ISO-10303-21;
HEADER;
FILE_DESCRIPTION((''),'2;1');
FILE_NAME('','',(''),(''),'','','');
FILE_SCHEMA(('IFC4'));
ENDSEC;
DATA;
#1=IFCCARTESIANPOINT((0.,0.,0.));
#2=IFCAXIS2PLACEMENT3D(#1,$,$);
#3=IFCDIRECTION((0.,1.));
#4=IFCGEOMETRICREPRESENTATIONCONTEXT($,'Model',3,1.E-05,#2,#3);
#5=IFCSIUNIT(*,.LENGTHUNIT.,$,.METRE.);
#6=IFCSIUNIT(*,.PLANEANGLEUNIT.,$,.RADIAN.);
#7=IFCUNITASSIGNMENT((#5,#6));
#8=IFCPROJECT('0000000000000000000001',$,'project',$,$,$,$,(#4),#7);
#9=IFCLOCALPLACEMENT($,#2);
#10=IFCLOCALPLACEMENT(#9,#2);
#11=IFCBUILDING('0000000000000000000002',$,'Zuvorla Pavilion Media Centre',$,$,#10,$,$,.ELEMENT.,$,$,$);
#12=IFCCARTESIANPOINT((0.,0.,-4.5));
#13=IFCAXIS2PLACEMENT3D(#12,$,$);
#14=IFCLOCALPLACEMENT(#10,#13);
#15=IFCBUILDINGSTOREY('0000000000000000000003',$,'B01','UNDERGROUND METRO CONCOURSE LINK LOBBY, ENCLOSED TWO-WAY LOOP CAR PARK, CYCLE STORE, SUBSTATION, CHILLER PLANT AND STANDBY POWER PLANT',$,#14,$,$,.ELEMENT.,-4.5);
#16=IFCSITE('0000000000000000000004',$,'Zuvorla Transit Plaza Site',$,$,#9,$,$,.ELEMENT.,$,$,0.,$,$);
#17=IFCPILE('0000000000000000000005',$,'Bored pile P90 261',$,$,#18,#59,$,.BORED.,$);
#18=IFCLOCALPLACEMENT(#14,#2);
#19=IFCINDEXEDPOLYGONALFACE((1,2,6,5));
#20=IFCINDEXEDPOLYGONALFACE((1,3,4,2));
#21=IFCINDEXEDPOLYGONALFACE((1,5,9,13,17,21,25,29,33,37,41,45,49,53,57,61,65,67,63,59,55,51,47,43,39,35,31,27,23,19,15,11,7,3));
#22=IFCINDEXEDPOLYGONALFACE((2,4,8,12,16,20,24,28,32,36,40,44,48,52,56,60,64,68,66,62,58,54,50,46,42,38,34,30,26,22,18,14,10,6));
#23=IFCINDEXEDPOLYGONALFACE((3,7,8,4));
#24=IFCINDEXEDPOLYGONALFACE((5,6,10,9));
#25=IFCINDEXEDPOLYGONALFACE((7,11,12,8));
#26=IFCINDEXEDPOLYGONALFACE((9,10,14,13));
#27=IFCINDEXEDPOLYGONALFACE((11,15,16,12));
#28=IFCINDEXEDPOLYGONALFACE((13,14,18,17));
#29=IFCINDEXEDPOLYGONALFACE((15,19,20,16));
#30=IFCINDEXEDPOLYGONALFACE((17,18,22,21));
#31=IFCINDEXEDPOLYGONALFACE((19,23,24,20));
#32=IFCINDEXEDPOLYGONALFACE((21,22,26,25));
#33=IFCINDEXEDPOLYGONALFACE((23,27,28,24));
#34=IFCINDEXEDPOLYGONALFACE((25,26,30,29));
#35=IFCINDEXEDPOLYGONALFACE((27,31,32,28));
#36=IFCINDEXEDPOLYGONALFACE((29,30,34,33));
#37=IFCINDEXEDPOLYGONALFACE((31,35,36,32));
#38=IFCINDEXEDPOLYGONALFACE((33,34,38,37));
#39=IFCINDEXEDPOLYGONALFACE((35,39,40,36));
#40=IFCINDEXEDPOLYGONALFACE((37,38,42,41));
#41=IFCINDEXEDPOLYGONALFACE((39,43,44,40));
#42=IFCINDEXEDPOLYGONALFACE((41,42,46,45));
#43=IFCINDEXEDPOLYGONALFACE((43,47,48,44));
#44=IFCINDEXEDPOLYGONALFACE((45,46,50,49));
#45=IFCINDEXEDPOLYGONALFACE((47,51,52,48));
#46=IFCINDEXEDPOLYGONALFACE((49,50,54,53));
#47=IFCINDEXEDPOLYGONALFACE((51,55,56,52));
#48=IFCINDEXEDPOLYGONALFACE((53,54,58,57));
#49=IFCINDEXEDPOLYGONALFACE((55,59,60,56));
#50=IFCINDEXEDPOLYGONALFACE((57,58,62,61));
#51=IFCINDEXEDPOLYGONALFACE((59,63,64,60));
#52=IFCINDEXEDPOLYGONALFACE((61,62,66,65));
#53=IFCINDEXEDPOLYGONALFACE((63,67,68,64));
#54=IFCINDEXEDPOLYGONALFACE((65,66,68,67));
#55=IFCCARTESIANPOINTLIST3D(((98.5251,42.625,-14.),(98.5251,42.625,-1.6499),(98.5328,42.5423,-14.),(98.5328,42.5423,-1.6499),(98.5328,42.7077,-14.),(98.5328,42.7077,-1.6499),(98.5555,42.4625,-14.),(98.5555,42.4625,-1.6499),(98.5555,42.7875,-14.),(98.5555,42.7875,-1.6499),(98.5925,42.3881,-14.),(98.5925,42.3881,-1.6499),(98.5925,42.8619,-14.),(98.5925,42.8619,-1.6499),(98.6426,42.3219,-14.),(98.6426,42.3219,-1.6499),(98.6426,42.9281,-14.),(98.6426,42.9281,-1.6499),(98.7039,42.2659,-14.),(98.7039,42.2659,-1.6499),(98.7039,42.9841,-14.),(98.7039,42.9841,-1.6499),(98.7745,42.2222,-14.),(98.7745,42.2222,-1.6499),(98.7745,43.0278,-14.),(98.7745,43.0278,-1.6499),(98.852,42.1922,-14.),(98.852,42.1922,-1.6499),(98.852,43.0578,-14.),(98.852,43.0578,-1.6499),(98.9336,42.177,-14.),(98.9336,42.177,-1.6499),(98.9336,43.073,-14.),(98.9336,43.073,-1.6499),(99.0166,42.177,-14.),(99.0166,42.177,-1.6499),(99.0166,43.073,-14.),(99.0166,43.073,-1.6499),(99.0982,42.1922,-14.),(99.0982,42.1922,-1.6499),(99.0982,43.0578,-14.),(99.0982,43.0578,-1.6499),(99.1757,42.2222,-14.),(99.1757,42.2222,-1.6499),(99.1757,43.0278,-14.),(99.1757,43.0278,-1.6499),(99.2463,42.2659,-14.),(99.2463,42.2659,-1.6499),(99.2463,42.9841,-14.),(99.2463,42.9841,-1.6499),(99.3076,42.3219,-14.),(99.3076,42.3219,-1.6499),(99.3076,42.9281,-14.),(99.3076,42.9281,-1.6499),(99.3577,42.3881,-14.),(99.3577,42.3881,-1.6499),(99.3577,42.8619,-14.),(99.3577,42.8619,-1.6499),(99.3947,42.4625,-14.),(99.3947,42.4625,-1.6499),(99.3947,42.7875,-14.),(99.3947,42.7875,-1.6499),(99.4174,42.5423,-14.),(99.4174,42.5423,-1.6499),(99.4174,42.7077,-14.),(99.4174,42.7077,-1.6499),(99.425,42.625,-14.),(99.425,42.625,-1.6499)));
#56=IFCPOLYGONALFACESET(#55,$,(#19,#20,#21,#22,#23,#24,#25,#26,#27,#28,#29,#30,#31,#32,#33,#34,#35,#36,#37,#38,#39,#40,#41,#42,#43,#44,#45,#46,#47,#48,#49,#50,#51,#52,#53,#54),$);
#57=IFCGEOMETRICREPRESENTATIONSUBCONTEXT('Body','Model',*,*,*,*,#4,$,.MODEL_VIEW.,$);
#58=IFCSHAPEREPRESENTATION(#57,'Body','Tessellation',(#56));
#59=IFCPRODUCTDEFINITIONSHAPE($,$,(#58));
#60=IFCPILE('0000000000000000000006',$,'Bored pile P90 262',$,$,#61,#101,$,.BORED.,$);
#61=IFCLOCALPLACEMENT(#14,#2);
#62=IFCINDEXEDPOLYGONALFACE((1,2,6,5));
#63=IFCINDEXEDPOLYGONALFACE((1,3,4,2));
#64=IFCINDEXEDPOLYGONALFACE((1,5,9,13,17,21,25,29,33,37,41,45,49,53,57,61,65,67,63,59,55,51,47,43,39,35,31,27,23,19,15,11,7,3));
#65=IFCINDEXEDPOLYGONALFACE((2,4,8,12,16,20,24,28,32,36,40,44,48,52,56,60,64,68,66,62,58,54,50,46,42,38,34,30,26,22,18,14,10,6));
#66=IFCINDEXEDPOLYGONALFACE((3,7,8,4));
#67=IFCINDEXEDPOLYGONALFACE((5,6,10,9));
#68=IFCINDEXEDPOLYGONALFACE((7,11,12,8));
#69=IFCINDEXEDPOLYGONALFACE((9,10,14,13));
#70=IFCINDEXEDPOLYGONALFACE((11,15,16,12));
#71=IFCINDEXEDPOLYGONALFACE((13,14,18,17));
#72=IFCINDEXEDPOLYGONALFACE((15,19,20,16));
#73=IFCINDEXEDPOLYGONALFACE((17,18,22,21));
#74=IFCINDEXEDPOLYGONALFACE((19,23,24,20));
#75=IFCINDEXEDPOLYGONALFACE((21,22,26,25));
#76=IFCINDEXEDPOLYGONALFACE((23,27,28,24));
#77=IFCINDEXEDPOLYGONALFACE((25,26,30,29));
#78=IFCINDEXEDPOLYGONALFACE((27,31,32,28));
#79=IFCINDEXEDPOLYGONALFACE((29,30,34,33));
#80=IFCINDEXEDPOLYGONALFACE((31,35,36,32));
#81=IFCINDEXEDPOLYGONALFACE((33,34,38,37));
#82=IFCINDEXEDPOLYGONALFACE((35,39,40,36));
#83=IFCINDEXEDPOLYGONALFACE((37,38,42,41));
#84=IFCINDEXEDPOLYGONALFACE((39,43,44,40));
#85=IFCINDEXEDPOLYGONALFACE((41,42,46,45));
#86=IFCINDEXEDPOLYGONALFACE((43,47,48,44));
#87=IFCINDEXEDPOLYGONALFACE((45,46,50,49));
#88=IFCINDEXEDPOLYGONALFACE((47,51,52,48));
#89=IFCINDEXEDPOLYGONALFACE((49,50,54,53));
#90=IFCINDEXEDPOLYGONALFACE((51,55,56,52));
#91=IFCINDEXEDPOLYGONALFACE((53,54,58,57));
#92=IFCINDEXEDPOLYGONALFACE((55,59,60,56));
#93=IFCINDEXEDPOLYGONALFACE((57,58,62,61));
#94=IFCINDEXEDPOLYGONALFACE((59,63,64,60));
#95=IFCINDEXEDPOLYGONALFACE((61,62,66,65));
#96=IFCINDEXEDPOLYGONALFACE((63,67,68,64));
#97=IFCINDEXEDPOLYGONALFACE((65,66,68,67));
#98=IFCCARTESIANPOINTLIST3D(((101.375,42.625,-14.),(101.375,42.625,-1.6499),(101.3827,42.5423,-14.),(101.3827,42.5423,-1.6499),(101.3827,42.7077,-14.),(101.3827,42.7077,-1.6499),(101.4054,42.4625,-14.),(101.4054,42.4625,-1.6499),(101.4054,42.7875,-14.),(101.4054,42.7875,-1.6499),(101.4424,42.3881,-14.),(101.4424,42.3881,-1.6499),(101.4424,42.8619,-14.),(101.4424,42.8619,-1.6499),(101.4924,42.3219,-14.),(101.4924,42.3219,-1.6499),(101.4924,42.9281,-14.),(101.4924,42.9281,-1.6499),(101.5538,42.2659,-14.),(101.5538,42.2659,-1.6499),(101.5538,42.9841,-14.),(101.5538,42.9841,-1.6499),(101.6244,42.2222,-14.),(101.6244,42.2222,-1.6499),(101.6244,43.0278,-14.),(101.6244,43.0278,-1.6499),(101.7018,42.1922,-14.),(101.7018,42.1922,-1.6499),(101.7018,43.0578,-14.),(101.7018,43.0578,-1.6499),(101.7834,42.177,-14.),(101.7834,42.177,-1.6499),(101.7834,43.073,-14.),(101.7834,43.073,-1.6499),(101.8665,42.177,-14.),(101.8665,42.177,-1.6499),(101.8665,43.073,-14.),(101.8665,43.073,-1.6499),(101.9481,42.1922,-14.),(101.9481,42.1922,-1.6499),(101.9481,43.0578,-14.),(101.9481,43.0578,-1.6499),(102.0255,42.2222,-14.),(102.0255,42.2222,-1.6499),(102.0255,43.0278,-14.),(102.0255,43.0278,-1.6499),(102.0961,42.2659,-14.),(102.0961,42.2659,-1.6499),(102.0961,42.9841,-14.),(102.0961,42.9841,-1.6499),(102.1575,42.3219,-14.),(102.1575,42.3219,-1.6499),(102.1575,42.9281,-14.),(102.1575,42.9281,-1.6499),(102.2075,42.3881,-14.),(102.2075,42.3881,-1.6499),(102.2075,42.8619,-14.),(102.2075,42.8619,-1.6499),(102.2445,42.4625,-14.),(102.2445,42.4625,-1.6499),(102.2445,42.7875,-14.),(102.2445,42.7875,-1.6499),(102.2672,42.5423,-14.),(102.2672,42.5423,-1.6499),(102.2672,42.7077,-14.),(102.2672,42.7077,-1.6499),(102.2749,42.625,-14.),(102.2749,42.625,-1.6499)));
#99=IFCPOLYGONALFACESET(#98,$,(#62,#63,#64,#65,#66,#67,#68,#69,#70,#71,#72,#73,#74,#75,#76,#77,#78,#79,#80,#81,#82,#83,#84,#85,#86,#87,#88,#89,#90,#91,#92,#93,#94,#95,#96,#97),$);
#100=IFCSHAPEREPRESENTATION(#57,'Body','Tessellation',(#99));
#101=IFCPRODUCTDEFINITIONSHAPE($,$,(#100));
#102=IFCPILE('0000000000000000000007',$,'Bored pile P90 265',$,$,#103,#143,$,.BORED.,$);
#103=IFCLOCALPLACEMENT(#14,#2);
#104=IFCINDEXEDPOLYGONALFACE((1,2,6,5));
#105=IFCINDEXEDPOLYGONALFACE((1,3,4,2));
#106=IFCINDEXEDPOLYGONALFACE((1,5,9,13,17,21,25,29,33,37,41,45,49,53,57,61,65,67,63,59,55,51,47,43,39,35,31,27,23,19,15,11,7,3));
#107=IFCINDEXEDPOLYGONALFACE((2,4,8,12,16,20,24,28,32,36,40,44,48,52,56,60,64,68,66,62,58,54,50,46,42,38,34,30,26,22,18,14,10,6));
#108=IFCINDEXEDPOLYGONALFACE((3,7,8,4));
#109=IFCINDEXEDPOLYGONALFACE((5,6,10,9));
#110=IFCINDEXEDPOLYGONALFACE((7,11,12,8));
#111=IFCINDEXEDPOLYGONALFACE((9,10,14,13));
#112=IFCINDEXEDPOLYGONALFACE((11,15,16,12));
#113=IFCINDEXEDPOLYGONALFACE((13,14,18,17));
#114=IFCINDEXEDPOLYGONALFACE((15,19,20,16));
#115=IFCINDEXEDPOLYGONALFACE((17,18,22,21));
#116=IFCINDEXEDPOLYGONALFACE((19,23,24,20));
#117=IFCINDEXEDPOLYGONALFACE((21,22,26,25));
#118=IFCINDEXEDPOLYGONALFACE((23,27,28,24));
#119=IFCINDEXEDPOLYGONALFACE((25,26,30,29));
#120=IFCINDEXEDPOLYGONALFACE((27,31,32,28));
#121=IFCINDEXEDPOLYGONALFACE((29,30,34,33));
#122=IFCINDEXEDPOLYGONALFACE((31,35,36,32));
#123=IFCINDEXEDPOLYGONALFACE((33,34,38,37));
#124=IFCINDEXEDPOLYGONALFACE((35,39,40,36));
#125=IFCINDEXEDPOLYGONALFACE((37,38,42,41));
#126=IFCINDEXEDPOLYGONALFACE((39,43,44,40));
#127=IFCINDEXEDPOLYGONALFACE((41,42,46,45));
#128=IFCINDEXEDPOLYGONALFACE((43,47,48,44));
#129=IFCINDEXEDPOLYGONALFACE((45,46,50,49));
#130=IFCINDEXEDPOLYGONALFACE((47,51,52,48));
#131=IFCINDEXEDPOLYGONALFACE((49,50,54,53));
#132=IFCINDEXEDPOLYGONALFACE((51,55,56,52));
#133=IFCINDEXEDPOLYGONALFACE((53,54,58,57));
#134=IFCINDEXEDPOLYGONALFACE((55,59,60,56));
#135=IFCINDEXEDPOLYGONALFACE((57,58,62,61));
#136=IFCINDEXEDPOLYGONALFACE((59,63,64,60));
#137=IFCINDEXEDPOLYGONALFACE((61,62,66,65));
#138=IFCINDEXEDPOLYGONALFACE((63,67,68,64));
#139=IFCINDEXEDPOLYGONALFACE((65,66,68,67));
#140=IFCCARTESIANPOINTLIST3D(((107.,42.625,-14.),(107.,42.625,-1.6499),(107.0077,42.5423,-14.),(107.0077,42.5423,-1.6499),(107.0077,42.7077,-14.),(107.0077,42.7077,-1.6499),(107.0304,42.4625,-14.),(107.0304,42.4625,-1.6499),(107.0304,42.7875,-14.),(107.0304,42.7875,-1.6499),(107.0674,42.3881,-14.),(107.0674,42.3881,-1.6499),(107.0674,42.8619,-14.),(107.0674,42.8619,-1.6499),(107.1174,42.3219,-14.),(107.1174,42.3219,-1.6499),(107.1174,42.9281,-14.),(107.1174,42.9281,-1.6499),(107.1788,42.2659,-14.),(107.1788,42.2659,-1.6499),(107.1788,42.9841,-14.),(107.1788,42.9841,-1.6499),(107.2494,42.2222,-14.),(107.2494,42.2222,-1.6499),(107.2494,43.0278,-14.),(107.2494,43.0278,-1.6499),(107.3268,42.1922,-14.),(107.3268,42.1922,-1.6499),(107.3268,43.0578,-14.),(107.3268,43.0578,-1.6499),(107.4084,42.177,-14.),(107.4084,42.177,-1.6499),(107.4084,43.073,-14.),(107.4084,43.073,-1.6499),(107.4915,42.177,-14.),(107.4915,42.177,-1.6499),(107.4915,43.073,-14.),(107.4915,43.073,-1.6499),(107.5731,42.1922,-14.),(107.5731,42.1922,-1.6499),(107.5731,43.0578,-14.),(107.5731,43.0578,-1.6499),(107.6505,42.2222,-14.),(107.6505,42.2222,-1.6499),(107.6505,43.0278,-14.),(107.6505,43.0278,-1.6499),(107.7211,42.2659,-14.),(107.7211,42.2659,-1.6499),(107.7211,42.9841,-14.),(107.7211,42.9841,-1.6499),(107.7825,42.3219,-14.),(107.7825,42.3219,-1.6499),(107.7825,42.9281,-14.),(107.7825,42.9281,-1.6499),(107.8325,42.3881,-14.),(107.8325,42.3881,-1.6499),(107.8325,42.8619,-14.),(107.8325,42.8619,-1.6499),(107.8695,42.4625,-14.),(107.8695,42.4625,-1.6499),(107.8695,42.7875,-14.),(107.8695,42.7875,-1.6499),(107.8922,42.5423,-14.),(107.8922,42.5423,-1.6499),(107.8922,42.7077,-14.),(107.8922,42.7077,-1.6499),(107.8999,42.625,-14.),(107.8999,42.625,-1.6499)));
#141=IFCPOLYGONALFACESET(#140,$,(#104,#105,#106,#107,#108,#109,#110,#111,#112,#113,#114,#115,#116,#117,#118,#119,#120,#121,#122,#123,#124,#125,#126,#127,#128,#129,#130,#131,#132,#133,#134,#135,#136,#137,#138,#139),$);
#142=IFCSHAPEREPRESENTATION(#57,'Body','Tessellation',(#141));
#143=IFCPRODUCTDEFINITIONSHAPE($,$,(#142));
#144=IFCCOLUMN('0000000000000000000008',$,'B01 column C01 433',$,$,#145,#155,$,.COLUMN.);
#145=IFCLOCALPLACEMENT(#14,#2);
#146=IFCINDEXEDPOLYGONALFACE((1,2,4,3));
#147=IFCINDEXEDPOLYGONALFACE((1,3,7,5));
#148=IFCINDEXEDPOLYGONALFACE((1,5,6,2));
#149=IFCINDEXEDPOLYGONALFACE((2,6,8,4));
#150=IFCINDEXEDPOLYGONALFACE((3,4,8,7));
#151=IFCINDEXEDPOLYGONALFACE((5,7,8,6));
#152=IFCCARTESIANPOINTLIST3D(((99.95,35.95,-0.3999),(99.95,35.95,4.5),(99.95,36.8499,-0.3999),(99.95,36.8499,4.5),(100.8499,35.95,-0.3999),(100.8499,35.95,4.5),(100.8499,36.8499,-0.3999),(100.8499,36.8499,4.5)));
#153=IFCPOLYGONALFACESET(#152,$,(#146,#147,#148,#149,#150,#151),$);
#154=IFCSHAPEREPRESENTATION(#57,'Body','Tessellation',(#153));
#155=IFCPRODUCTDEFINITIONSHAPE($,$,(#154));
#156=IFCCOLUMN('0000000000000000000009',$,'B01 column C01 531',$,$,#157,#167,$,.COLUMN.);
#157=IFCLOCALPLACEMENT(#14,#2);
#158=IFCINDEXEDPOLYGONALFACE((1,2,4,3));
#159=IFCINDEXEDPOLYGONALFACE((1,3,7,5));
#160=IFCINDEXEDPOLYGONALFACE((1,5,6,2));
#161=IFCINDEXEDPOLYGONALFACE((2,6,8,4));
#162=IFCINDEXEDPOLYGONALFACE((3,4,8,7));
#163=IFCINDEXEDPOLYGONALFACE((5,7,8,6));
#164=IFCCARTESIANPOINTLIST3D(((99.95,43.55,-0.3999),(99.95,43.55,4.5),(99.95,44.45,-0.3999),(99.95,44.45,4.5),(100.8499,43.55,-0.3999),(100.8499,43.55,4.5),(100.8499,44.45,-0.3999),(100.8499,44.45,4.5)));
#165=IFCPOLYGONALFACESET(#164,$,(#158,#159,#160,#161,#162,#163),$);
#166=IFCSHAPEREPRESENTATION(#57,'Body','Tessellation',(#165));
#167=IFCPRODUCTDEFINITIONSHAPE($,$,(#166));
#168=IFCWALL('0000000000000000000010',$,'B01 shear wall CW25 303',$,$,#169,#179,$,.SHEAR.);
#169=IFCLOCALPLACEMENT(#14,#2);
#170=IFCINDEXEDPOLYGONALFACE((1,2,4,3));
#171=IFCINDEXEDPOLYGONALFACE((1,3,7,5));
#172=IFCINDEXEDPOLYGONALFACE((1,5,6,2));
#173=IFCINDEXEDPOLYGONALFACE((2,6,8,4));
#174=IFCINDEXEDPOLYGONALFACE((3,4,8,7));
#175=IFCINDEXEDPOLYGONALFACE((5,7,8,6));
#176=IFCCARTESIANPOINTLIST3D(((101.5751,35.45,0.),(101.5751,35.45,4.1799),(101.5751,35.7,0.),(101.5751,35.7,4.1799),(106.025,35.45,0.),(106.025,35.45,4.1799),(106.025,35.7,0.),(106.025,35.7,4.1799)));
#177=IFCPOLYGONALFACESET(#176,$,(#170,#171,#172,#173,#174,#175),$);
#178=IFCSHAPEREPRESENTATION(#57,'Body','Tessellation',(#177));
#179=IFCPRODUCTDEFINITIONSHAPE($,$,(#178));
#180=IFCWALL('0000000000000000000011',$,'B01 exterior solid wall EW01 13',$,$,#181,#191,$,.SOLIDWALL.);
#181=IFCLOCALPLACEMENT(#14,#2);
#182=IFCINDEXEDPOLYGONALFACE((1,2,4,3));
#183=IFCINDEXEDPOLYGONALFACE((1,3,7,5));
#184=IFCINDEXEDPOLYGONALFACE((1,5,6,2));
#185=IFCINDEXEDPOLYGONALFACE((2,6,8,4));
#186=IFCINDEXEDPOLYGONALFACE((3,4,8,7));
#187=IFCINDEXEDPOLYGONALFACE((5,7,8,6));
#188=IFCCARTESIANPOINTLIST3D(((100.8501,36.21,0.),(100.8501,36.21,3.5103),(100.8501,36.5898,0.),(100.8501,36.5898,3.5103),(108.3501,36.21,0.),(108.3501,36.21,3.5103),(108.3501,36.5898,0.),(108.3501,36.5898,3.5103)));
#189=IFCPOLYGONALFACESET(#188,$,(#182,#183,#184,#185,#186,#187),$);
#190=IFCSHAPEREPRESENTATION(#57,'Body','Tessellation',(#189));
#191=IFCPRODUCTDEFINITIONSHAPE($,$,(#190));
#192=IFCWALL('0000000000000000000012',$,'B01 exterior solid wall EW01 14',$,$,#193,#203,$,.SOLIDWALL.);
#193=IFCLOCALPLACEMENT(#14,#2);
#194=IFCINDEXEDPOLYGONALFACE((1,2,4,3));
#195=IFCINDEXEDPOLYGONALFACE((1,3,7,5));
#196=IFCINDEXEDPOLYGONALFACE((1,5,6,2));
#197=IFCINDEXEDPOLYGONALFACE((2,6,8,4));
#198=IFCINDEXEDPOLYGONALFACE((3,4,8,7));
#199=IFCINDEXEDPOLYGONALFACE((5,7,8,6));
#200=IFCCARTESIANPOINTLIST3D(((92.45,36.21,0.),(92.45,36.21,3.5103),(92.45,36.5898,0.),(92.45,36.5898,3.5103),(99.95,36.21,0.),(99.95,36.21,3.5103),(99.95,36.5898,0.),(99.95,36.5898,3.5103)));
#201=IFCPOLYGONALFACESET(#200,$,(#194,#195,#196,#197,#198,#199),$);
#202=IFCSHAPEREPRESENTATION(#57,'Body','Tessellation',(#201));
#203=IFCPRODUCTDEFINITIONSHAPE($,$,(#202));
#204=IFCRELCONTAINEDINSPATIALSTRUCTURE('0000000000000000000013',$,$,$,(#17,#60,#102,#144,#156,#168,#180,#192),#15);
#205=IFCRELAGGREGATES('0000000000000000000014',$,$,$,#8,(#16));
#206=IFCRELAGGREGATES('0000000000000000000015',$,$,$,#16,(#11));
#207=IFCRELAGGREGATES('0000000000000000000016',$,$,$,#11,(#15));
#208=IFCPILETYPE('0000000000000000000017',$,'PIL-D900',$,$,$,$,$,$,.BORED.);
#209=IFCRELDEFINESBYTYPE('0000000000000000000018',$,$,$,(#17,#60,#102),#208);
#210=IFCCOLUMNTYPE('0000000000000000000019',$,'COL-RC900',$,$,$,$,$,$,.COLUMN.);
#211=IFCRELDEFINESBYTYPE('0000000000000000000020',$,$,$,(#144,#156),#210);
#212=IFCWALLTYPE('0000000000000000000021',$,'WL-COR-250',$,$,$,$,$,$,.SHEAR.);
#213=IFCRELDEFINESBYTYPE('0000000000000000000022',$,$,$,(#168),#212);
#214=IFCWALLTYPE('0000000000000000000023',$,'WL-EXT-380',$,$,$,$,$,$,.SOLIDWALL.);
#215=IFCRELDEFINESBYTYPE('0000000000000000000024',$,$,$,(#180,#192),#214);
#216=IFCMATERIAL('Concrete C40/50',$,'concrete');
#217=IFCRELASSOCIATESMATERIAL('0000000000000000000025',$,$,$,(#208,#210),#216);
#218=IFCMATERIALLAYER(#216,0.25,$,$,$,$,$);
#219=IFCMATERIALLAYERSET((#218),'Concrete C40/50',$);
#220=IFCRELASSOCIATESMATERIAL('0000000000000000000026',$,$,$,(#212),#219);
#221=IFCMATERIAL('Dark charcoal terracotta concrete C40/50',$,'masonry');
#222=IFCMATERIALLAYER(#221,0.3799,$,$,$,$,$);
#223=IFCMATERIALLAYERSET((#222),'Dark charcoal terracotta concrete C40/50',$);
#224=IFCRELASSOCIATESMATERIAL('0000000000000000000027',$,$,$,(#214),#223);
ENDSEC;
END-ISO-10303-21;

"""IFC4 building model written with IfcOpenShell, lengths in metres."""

from ifc_helpers import new_model, si_unit, direction, frame, frame_2d, origin, origin_2d, place, context, subcontext, project, spatial, rectangle, circle, extrude, material, layer, layer_set, material_profile, profile_set, type_object, element, save


model = new_model("IFC4")

# Units and contexts
model_context = context("Model", 3, precision=1e-05, world=origin(), true_north=direction((0.0, 1.0)))
body_context = subcontext(model_context, "Body", "Model", "MODEL_VIEW")
ifc_project = project(units=[si_unit("LENGTHUNIT", "METRE"), si_unit("PLANEANGLEUNIT", "RADIAN")], contexts=[model_context])

# Site, building, storey
site_placement = place(None, origin())
site = spatial("IfcSite", under=ifc_project, at=site_placement, Name="Zuvorla Transit Plaza Site", CompositionType="ELEMENT", RefElevation=0.0)
building_placement = place(site_placement, origin())
building = spatial("IfcBuilding", under=site, at=building_placement, Name="Zuvorla Pavilion Media Centre", CompositionType="ELEMENT")
storey_placement = place(building_placement, frame((0.0, 0.0, -4.5)))
storey = spatial("IfcBuildingStorey", under=building, at=storey_placement, Name="B01", Description="UNDERGROUND METRO CONCOURSE LINK LOBBY, ENCLOSED TWO-WAY LOOP CAR PARK, CYCLE STORE, SUBSTATION, CHILLER PLANT AND STANDBY POWER PLANT", CompositionType="ELEMENT", Elevation=-4.5)

# Shared definitions
ifc_material_1 = material(Name="Concrete C40/50", Category="concrete")

# Piles
ifc_material_profile_1 = material_profile(ifc_material_1, circle(Radius=0.45, at=origin_2d()), Name="BORED PILE 900")
ifc_profile_set_1 = profile_set([ifc_material_profile_1], Name="Concrete C40/50")
pile_type = type_object("IfcPileType", Name="PIL-D900", PredefinedType="BORED", material=ifc_profile_set_1)
for number, where, z_axis, x_axis, name in (
    (1, (98.9751, 42.625, -1.6499), (0.0, 0.0, -1.0), (1.0, 0.0, 0.0), "Bored pile P90 261"),
    (2, (101.825, 42.625, -1.6499), (0.0, 0.0, -1.0), (1.0, 0.0, 0.0), "Bored pile P90 262"),
    (3, (107.45, 42.625, -1.6499), (0.0, 0.0, -1.0), (1.0, 0.0, 0.0), "Bored pile P90 265"),
):
    element("IfcPile", number, at=place(storey_placement, frame(where, z_axis=z_axis, x_axis=x_axis)), inside=storey, type_object=pile_type, Name=name, PredefinedType="BORED", context=body_context, shape_type="SweptSolid", body=[
        extrude(circle(Radius=0.45, at=origin_2d()), origin(), (0.0, 0.0, 1.0), 12.3501),
    ])

# Columns
ifc_material_profile_2 = material_profile(ifc_material_1, rectangle(XDim=0.8999, YDim=0.8999, at=origin_2d()), Name="RC 900x900")
ifc_profile_set_2 = profile_set([ifc_material_profile_2], Name="Concrete C40/50")
column_type = type_object("IfcColumnType", Name="COL-RC900", PredefinedType="COLUMN", material=ifc_profile_set_2)
for number, where, z_axis, x_axis, name in (
    (4, (100.3999, 36.3999, -0.3999), (0.0, 0.0, 1.0), (1.0, 0.0, 0.0), "B01 column C01 433"),
    (5, (100.3999, 44.0, -0.3999), (0.0, 0.0, 1.0), (1.0, 0.0, 0.0), "B01 column C01 531"),
):
    element("IfcColumn", number, at=place(storey_placement, frame(where, z_axis=z_axis, x_axis=x_axis)), inside=storey, type_object=column_type, Name=name, PredefinedType="COLUMN", context=body_context, shape_type="SweptSolid", body=[
        extrude(rectangle(XDim=0.8999, YDim=0.8999, at=origin_2d()), origin(), (0.0, 0.0, 1.0), 4.8999),
    ])

# Walls
ifc_layer_1 = layer(ifc_material_1, 0.25)
ifc_layer_set_1 = layer_set([ifc_layer_1], Name="Concrete C40/50")
wall_type_1 = type_object("IfcWallType", Name="WL-COR-250", PredefinedType="SHEAR", material=ifc_layer_set_1)
wall_placement = place(storey_placement, frame((101.575, 35.575, 0.0), z_axis=(0.0, 0.0, 1.0), x_axis=(1.0, 0.0, 0.0)))
element("IfcWall", 6, at=wall_placement, inside=storey, type_object=wall_type_1, Name="B01 shear wall CW25 303", PredefinedType="SHEAR", context=body_context, shape_type="SweptSolid", body=[
    extrude(rectangle(XDim=4.45, YDim=0.25, at=frame_2d((2.2251, 0.0))), origin(), (0.0, 0.0, 1.0), 4.1799),
])
ifc_material_2 = material(Name="Dark charcoal terracotta concrete C40/50", Category="masonry")
ifc_layer_2 = layer(ifc_material_2, 0.3799)
ifc_layer_set_2 = layer_set([ifc_layer_2], Name="Dark charcoal terracotta concrete C40/50")
wall_type_2 = type_object("IfcWallType", Name="WL-EXT-380", PredefinedType="SOLIDWALL", material=ifc_layer_set_2)
for number, where, z_axis, x_axis, name in (
    (7, (108.3501, 36.3999, 0.0), (0.0, 0.0, 1.0), (-1.0, 0.0, 0.0), "B01 exterior solid wall EW01 13"),
    (8, (99.95, 36.3999, 0.0), (0.0, 0.0, 1.0), (-1.0, 0.0, 0.0), "B01 exterior solid wall EW01 14"),
):
    element("IfcWall", number, at=place(storey_placement, frame(where, z_axis=z_axis, x_axis=x_axis)), inside=storey, type_object=wall_type_2, Name=name, PredefinedType="SOLIDWALL", context=body_context, shape_type="SweptSolid", body=[
        extrude(rectangle(XDim=7.5, YDim=0.3799, at=frame_2d((3.75, 0.0))), origin(), (0.0, 0.0, 1.0), 3.5103),
    ])

save(model, "model.ifc")
